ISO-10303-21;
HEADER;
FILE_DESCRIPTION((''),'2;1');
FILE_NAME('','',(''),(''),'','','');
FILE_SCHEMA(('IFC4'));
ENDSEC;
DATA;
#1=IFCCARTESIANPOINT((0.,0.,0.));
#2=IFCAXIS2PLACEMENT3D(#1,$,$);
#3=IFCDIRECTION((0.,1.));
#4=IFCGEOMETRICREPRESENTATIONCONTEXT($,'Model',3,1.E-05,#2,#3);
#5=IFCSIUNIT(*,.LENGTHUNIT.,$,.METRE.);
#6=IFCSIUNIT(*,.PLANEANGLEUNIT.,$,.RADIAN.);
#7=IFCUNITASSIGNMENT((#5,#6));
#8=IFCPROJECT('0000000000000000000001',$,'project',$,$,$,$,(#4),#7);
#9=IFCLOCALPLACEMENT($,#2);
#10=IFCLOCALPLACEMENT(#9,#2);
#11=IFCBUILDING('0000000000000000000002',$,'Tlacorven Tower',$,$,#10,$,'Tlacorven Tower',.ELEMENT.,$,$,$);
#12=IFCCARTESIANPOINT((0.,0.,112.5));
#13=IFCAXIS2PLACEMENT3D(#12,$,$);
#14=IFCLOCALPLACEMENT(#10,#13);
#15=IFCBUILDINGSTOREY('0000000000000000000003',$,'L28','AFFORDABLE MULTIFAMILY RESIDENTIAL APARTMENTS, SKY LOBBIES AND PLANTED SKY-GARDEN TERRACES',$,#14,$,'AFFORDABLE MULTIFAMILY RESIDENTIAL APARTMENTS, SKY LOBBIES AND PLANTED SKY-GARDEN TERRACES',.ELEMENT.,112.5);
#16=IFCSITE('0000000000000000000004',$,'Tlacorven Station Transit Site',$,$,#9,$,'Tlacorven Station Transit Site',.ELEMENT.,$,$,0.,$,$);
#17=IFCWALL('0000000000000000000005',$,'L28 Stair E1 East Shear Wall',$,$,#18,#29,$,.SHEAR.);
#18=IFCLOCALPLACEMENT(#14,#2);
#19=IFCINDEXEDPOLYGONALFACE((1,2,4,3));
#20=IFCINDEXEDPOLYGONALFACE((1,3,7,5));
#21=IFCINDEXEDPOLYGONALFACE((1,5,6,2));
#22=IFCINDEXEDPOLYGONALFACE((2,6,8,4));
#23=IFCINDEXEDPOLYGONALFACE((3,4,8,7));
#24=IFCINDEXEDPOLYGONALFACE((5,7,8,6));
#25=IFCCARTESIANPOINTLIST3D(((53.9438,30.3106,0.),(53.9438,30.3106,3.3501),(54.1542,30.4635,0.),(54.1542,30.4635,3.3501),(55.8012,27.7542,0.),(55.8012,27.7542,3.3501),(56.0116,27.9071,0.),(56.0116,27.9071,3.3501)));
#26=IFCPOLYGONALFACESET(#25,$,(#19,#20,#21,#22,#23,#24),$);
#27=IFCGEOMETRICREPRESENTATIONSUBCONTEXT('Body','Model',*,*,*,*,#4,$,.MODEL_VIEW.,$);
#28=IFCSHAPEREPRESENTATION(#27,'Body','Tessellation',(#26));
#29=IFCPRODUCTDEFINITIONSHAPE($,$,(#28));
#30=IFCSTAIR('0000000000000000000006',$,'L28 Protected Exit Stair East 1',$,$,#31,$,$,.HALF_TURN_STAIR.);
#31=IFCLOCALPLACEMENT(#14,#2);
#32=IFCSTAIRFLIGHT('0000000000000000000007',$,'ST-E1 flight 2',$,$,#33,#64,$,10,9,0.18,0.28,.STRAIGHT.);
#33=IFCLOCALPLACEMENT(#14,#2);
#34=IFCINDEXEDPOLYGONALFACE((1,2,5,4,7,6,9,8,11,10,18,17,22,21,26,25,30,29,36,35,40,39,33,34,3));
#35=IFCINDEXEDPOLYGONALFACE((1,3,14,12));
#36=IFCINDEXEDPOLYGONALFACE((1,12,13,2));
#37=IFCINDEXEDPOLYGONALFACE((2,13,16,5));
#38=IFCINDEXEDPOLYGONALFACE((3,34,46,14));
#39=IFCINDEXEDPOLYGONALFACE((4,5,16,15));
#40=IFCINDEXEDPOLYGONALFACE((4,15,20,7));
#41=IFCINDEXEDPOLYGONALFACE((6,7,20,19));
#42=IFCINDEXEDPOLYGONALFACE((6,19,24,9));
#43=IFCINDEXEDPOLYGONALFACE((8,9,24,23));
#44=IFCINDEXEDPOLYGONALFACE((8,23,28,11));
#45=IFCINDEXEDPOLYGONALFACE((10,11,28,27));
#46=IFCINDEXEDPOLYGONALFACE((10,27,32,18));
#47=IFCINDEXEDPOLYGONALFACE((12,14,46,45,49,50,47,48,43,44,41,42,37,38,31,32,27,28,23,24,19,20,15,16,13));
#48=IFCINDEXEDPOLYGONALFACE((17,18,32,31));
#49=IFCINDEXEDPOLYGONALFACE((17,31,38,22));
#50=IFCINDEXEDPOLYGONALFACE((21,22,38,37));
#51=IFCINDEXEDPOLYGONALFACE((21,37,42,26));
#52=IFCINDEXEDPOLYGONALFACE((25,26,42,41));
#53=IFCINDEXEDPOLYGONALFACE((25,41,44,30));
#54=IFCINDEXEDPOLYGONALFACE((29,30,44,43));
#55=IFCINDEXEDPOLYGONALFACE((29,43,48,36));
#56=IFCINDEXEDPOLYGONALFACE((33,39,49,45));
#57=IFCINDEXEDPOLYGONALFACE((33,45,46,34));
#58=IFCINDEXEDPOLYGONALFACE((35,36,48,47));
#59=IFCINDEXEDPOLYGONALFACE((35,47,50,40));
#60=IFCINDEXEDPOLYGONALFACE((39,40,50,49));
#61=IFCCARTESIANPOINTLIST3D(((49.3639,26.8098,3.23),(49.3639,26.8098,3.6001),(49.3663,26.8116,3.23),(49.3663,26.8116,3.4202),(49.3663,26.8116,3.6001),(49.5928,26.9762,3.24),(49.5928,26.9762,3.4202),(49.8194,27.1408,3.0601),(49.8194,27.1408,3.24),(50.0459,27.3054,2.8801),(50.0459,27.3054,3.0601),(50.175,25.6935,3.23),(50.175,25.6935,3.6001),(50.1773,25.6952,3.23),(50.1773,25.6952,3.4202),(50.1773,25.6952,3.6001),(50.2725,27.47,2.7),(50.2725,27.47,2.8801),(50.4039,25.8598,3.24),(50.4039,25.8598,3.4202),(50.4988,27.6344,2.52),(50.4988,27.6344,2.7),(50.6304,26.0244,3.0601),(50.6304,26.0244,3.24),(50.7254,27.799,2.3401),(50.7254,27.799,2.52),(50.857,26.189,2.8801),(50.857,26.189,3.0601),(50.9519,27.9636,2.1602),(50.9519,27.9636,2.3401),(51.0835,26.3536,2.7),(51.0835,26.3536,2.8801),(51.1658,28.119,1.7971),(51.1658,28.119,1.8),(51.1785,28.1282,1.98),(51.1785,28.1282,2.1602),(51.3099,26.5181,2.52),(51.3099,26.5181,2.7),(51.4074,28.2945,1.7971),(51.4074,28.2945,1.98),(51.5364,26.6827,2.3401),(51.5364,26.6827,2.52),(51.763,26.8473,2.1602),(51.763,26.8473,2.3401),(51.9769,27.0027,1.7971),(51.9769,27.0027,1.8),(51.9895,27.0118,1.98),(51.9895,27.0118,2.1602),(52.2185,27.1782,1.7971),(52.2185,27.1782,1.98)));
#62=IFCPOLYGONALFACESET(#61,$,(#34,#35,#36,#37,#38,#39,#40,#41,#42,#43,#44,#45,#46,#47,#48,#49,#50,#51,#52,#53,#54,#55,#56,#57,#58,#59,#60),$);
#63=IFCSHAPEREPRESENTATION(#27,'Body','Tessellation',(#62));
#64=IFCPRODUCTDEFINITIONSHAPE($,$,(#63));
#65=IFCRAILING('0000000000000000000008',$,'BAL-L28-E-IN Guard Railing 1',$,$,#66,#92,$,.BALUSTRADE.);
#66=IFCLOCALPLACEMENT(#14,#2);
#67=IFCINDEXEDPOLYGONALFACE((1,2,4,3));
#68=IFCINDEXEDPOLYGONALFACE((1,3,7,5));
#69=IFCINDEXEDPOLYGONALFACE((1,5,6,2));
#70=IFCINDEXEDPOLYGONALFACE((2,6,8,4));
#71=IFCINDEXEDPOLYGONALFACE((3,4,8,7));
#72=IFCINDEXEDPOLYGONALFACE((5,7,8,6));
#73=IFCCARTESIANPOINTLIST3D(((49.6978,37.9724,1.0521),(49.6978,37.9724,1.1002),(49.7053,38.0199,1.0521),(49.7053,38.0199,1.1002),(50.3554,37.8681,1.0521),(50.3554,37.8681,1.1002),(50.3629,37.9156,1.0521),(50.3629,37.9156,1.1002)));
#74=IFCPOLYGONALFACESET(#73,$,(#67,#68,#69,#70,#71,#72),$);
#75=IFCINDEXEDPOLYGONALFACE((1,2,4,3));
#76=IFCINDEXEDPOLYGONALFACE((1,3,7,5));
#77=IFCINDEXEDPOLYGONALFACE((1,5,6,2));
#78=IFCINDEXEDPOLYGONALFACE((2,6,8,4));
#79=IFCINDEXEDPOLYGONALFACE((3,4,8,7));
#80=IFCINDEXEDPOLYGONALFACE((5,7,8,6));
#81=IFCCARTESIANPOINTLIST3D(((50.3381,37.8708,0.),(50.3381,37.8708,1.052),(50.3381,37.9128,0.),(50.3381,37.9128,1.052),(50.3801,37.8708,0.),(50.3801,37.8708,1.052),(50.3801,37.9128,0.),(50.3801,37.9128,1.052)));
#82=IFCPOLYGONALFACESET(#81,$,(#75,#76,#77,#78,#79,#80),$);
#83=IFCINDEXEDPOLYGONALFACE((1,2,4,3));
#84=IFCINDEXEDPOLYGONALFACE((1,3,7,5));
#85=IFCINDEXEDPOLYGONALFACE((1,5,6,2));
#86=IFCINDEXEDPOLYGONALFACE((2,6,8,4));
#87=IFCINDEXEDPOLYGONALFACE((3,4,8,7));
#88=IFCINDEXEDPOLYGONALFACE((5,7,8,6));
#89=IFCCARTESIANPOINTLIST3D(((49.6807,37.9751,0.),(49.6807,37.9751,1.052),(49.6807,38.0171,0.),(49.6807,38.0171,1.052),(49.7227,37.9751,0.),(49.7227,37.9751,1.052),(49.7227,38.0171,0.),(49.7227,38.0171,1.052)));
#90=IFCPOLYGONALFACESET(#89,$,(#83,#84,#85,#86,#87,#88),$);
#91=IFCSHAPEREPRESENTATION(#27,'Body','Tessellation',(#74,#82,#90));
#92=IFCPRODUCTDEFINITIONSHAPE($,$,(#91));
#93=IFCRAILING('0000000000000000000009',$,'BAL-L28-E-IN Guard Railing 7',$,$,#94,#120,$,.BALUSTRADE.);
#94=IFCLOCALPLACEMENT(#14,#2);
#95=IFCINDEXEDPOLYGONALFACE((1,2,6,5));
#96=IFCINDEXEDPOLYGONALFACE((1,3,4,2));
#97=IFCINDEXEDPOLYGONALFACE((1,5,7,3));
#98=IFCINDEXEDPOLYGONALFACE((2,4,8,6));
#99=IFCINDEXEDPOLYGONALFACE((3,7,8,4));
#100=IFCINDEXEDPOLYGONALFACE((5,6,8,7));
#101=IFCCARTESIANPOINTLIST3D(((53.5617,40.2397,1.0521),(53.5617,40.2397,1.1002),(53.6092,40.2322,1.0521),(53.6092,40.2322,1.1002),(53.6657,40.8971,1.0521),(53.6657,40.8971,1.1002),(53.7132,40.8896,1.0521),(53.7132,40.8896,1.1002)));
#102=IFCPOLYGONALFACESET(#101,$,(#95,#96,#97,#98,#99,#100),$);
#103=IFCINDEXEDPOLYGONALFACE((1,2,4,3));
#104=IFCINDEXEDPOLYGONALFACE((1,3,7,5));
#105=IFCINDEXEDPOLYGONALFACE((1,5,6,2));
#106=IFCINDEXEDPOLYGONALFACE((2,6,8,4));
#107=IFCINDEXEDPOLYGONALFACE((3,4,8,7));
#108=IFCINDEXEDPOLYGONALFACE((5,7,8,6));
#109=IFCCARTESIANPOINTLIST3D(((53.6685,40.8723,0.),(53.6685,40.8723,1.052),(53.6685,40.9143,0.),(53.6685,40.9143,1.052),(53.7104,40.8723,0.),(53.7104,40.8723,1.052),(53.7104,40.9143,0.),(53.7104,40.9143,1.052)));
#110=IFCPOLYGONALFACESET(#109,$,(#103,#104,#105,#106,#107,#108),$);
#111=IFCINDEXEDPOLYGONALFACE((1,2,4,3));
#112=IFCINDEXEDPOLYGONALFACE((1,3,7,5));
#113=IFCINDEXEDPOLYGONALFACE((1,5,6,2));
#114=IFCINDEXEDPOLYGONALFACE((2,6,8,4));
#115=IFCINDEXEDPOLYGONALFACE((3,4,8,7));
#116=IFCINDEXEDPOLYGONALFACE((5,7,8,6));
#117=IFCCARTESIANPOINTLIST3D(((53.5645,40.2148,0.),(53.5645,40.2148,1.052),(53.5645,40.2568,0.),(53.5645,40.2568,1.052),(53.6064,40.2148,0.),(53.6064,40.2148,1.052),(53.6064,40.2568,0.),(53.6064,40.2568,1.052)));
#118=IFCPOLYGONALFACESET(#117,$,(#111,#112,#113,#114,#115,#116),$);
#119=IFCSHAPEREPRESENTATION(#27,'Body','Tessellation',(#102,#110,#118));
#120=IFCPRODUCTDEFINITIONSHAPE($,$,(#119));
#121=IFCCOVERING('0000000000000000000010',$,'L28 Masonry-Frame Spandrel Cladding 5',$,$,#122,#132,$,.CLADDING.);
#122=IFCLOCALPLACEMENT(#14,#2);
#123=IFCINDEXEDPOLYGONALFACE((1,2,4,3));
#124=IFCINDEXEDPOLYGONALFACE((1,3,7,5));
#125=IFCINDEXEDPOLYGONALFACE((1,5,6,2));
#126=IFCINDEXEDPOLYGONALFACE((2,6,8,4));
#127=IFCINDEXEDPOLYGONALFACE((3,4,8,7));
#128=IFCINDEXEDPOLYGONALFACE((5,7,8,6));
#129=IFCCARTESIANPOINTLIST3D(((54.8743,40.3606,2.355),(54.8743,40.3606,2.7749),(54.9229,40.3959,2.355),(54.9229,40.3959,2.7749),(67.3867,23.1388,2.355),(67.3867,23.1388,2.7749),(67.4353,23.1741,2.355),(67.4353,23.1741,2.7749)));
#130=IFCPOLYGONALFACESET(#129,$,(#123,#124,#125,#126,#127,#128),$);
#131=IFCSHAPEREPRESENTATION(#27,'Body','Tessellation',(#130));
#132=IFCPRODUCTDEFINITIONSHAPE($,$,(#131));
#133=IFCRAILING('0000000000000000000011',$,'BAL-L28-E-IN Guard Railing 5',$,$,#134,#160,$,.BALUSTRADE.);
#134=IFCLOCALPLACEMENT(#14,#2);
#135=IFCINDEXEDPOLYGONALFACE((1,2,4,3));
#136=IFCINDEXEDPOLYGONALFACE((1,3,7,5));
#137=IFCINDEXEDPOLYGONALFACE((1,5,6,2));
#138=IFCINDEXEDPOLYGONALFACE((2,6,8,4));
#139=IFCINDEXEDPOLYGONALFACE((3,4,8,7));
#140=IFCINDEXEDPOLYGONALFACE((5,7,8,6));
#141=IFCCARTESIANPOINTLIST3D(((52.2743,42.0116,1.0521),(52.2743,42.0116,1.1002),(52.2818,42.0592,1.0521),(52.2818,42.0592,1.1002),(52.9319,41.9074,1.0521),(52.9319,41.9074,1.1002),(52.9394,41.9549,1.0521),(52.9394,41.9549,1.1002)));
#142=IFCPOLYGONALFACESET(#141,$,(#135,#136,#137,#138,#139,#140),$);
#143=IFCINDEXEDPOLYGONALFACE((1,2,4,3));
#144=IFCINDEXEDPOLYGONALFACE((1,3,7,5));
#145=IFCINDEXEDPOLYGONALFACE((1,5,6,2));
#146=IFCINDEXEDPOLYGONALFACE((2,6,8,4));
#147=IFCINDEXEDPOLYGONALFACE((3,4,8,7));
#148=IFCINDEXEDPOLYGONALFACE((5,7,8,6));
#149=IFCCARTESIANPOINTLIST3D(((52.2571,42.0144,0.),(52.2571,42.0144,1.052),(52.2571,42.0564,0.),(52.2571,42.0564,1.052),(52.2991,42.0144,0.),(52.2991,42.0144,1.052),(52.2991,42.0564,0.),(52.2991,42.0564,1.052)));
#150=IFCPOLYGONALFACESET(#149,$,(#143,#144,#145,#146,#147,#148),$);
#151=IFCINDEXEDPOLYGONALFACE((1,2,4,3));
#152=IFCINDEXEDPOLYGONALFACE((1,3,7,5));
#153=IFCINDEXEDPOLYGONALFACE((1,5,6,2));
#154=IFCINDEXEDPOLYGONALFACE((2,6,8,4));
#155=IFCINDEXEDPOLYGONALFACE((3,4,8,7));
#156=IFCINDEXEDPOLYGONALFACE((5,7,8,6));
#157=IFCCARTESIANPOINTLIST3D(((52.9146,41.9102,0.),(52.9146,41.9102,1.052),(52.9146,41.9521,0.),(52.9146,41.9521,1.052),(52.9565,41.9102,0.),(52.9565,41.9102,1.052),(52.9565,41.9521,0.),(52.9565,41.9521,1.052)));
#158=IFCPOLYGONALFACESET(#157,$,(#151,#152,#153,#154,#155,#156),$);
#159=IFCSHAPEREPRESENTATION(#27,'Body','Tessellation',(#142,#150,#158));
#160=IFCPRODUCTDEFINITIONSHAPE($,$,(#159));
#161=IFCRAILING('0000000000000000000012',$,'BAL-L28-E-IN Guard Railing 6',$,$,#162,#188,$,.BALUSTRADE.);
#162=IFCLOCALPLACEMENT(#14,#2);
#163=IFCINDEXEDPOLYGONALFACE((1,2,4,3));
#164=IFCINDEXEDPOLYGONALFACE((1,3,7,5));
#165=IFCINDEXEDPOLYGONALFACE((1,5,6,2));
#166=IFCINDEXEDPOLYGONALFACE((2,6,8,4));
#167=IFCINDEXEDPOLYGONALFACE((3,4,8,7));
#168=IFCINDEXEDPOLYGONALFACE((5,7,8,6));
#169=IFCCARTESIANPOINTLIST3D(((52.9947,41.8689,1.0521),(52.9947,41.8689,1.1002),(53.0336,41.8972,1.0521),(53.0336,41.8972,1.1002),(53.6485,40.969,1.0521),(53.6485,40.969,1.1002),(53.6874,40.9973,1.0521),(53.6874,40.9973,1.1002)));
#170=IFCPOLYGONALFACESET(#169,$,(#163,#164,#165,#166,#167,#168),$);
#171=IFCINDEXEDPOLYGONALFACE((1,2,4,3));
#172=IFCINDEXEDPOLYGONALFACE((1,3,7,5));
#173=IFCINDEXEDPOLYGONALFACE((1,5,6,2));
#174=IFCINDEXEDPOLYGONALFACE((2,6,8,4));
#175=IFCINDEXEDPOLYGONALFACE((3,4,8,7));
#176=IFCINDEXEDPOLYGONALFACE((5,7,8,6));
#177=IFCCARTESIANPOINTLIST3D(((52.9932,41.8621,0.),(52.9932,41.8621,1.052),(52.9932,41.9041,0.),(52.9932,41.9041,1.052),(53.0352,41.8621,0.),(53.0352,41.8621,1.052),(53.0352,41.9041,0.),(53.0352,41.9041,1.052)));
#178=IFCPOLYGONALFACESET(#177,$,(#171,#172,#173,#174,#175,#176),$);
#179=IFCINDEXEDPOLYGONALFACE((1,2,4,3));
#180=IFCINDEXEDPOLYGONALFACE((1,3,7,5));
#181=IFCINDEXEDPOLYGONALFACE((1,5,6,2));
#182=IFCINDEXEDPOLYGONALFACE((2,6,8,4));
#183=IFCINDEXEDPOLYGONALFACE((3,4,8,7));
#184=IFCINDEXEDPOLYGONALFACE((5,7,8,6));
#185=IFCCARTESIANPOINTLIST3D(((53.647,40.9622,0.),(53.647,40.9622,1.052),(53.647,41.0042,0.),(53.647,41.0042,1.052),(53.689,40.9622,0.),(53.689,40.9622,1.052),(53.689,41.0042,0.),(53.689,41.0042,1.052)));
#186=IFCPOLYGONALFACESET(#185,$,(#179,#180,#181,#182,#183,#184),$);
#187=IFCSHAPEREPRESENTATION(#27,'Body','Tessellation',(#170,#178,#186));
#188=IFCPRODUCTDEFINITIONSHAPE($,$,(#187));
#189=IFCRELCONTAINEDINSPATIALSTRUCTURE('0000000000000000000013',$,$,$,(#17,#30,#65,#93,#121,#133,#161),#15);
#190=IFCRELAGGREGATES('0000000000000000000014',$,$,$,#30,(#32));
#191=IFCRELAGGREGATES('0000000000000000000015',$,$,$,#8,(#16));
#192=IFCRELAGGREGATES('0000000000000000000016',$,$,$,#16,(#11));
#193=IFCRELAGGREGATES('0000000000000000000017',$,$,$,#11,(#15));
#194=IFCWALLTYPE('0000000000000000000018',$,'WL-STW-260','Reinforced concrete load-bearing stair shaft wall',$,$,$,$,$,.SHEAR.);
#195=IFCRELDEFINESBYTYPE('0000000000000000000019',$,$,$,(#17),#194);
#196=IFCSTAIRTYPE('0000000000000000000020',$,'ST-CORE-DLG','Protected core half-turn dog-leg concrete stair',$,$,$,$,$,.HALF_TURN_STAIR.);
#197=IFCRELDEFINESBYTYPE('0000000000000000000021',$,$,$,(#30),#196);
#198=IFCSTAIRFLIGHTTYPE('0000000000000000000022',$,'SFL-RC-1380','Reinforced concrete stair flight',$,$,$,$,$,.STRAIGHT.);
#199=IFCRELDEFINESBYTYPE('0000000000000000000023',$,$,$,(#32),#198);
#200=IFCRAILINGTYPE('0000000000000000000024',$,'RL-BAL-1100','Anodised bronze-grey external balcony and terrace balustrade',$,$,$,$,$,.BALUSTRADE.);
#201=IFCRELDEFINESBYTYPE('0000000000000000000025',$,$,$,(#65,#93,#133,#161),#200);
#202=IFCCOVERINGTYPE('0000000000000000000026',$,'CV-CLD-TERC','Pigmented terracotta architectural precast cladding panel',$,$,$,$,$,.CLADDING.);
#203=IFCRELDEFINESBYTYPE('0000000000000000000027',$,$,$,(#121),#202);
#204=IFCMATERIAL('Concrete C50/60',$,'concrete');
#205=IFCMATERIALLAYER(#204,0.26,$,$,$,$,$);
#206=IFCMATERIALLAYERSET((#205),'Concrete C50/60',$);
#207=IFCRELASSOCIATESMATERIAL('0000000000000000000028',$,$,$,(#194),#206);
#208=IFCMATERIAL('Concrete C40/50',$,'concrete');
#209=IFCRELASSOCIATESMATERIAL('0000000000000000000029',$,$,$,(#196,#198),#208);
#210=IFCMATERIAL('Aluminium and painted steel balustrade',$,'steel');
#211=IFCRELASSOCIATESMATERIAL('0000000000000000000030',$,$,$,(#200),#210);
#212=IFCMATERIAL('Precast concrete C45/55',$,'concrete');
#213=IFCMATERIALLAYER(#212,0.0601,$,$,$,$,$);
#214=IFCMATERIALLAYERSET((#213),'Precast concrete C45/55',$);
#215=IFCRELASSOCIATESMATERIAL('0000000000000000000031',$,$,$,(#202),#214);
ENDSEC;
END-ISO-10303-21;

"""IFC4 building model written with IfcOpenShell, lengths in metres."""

from ifc_helpers import new_model, si_unit, direction, frame, frame_2d, origin, origin_2d, place, context, subcontext, project, spatial, polyline, rectangle, outline, extrude, source, transform, mapped, material, layer, layer_set, type_object, element, aggregate, save


model = new_model("IFC4")

# Units and contexts
model_context = context("Model", 3, precision=1e-05, world=origin(), true_north=direction((0.0, 1.0)))
body_context = subcontext(model_context, "Body", "Model", "MODEL_VIEW")
ifc_project = project(units=[si_unit("LENGTHUNIT", "METRE"), si_unit("PLANEANGLEUNIT", "RADIAN")], contexts=[model_context])

# Site, building, storey
site_placement = place(None, origin())
site = spatial("IfcSite", under=ifc_project, at=site_placement, Name="Tlacorven Station Transit Site", LongName="Tlacorven Station Transit Site", CompositionType="ELEMENT", RefElevation=0.0)
building_placement = place(site_placement, origin())
building = spatial("IfcBuilding", under=site, at=building_placement, Name="Tlacorven Tower", LongName="Tlacorven Tower", CompositionType="ELEMENT")
storey_placement = place(building_placement, frame((0.0, 0.0, 112.5)))
storey = spatial("IfcBuildingStorey", under=building, at=storey_placement, Name="L28", Description="AFFORDABLE MULTIFAMILY RESIDENTIAL APARTMENTS, SKY LOBBIES AND PLANTED SKY-GARDEN TERRACES", LongName="AFFORDABLE MULTIFAMILY RESIDENTIAL APARTMENTS, SKY LOBBIES AND PLANTED SKY-GARDEN TERRACES", CompositionType="ELEMENT", Elevation=112.5)

# Shared definitions
ifc_material_1 = material(Name="Precast concrete C45/55", Category="concrete")

# Wall
ifc_material_2 = material(Name="Concrete C50/60", Category="concrete")
ifc_layer_1 = layer(ifc_material_2, 0.26)
ifc_layer_set_1 = layer_set([ifc_layer_1], Name="Concrete C50/60")
wall_type_1 = type_object("IfcWallType", Name="WL-STW-260", Description="Reinforced concrete load-bearing stair shaft wall", PredefinedType="SHEAR", material=ifc_layer_set_1)
wall_1_placement = place(storey_placement, frame((55.9065, 27.8306, 0.0), z_axis=(0.0, 0.0, 1.0), x_axis=(-0.587804, 0.809003, 0.0)))
element("IfcWall", 1, at=wall_1_placement, inside=storey, type_object=wall_type_1, Name="L28 Stair E1 East Shear Wall", PredefinedType="SHEAR", context=body_context, shape_type="SweptSolid", body=[
    extrude(rectangle(XDim=3.1599, YDim=0.26, at=frame_2d((1.5801, 0.0))), origin(), (0.0, 0.0, 1.0), 3.3501),
])

# Stair, stair flight
ifc_material_3 = material(Name="Concrete C40/50", Category="concrete")
stair_type = type_object("IfcStairType", Name="ST-CORE-DLG", Description="Protected core half-turn dog-leg concrete stair", PredefinedType="HALF_TURN_STAIR", material=ifc_material_3)
stair_placement = place(storey_placement, origin())
stair = element("IfcStair", 2, at=stair_placement, inside=storey, type_object=stair_type, Name="L28 Protected Exit Stair East 1", PredefinedType="HALF_TURN_STAIR")
stair_flight_type = type_object("IfcStairFlightType", Name="SFL-RC-1380", Description="Reinforced concrete stair flight", PredefinedType="STRAIGHT", material=ifc_material_3)
shared_shape_1 = source(origin(), body_context, "Body", "SweptSolid", [
    extrude(outline(polyline([(-0.0029, -0.0029), (-0.0029, 0.1799), (0.28, 0.1799), (0.28, 0.3601), (0.5601, 0.3601), (0.5601, 0.54), (0.8401, 0.54), (0.8401, 0.72), (1.1201, 0.72), (1.1201, 0.8999), (1.3999, 0.8999), (1.3999, 1.0801), (1.6799, 1.0801), (1.6799, 1.26), (1.96, 1.26), (1.96, 1.4399), (2.24, 1.4399), (2.24, 1.6201), (2.52, 1.6201), (2.52, 1.8), (2.5229, 1.8), (2.5229, 1.4299), (2.52, 1.4299), (0.2957, 0.0), (0.2957, -0.0029), (-0.0029, -0.0029)])), frame((0.0, 0.6899, 0.0), z_axis=(0.0, -1.0, 0.0), x_axis=(1.0, 0.0, 0.0)), (0.0, 0.0, 1.0), 1.3799),
])
stair_flight_placement = place(storey_placement, frame((51.8105, 27.7346, 1.8), z_axis=(0.0, 0.0, 1.0), x_axis=(-0.809017, -0.587785, 0.0)))
stair_flight = element("IfcStairFlight", 3, at=stair_flight_placement, type_object=stair_flight_type, Name="ST-E1 flight 2", NumberOfRisers=10, NumberOfTreads=9, PredefinedType="STRAIGHT", RiserHeight=0.18, TreadLength=0.28, context=body_context, shape_type="MappedRepresentation", body=[
    mapped(shared_shape_1, transform((0.0, 0.0, 0.0), scale=1.0)),
])
aggregate(stair, [stair_flight])

# Railings
ifc_material_4 = material(Name="Aluminium and painted steel balustrade", Category="steel")
railing_type_1 = type_object("IfcRailingType", Name="RL-BAL-1100", Description="Anodised bronze-grey external balcony and terrace balustrade", PredefinedType="BALUSTRADE", material=ifc_material_4)
shared_shape_2 = source(origin(), body_context, "Body", "SweptSolid", [
    extrude(rectangle(XDim=0.0481, YDim=0.0481, at=origin_2d()), frame((0.0, 0.0, 1.0762), z_axis=(-0.987662, 0.156603, 0.0), x_axis=(-0.156603, -0.987662, 0.0)), (0.0, 0.0, 1.0), 0.6658),
    extrude(rectangle(XDim=0.042, YDim=0.042, at=origin_2d()), origin(), (0.0, 0.0, 1.0), 1.052),
    extrude(rectangle(XDim=0.042, YDim=0.042, at=origin_2d()), frame((-0.6575, 0.1042, 0.0)), (0.0, 0.0, 1.0), 1.052),
])
railing_1_placement = place(storey_placement, frame((50.3591, 37.8918, 0.0)))
element("IfcRailing", 4, at=railing_1_placement, inside=storey, type_object=railing_type_1, Name="BAL-L28-E-IN Guard Railing 1", PredefinedType="BALUSTRADE", context=body_context, shape_type="MappedRepresentation", body=[
    mapped(shared_shape_2, transform((0.0, 0.0, 0.0), scale=1.0)),
])
shared_shape_3 = source(origin(), body_context, "Body", "SweptSolid", [
    extrude(rectangle(XDim=0.0481, YDim=0.0481, at=origin_2d()), frame((0.0, 0.0, 1.0762), z_axis=(-0.156245, -0.987718, 0.0), x_axis=(0.987718, -0.156245, 0.0)), (0.0, 0.0, 1.0), 0.6655),
    extrude(rectangle(XDim=0.042, YDim=0.042, at=origin_2d()), origin(), (0.0, 0.0, 1.0), 1.052),
    extrude(rectangle(XDim=0.042, YDim=0.042, at=origin_2d()), frame((-0.104, -0.6575, 0.0)), (0.0, 0.0, 1.0), 1.052),
])
railing_2_placement = place(storey_placement, frame((53.6895, 40.8933, 0.0)))
element("IfcRailing", 5, at=railing_2_placement, inside=storey, type_object=railing_type_1, Name="BAL-L28-E-IN Guard Railing 7", PredefinedType="BALUSTRADE", context=body_context, shape_type="MappedRepresentation", body=[
    mapped(shared_shape_3, transform((0.0, 0.0, 0.0), scale=1.0)),
])

# Covering
ifc_layer_2 = layer(ifc_material_1, 0.0601)
ifc_layer_set_2 = layer_set([ifc_layer_2], Name="Precast concrete C45/55")
covering_type = type_object("IfcCoveringType", Name="CV-CLD-TERC", Description="Pigmented terracotta architectural precast cladding panel", PredefinedType="CLADDING", material=ifc_layer_set_2)
shared_shape_4 = source(origin(), body_context, "Body", "SweptSolid", [
    extrude(rectangle(XDim=21.2874, YDim=0.0601, at=origin_2d()), origin(), (0.0, 0.0, 1.0), 0.4199),
])
covering_placement = place(storey_placement, frame((61.1548, 31.7673, 2.355), z_axis=(0.0, 0.0, 1.0), x_axis=(0.587785, -0.809017, 0.0)))
element("IfcCovering", 6, at=covering_placement, inside=storey, type_object=covering_type, Name="L28 Masonry-Frame Spandrel Cladding 5", PredefinedType="CLADDING", context=body_context, shape_type="MappedRepresentation", body=[
    mapped(shared_shape_4, transform((0.0, 0.0, 0.0), scale=1.0)),
])

# Railings
shared_shape_5 = source(origin(), body_context, "Body", "SweptSolid", [
    extrude(rectangle(XDim=0.0481, YDim=0.0481, at=origin_2d()), frame((0.0, 0.0, 1.0762), z_axis=(0.987662, -0.156603, 0.0), x_axis=(0.156603, 0.987662, 0.0)), (0.0, 0.0, 1.0), 0.6658),
    extrude(rectangle(XDim=0.042, YDim=0.042, at=origin_2d()), origin(), (0.0, 0.0, 1.0), 1.052),
    extrude(rectangle(XDim=0.042, YDim=0.042, at=origin_2d()), frame((0.6575, -0.1042, 0.0)), (0.0, 0.0, 1.0), 1.052),
])
railing_3_placement = place(storey_placement, frame((52.2781, 42.0354, 0.0)))
element("IfcRailing", 7, at=railing_3_placement, inside=storey, type_object=railing_type_1, Name="BAL-L28-E-IN Guard Railing 5", PredefinedType="BALUSTRADE", context=body_context, shape_type="MappedRepresentation", body=[
    mapped(shared_shape_5, transform((0.0, 0.0, 0.0), scale=1.0)),
])
shared_shape_6 = source(origin(), body_context, "Body", "SweptSolid", [
    extrude(rectangle(XDim=0.0481, YDim=0.0481, at=origin_2d()), frame((0.0, 0.0, 1.0762), z_axis=(0.58778, -0.809021, 0.0), x_axis=(0.809021, 0.58778, 0.0)), (0.0, 0.0, 1.0), 1.1123),
    extrude(rectangle(XDim=0.042, YDim=0.042, at=origin_2d()), origin(), (0.0, 0.0, 1.0), 1.052),
    extrude(rectangle(XDim=0.042, YDim=0.042, at=origin_2d()), frame((0.6538, -0.8999, 0.0)), (0.0, 0.0, 1.0), 1.052),
])
railing_4_placement = place(storey_placement, frame((53.0142, 41.8831, 0.0)))
element("IfcRailing", 8, at=railing_4_placement, inside=storey, type_object=railing_type_1, Name="BAL-L28-E-IN Guard Railing 6", PredefinedType="BALUSTRADE", context=body_context, shape_type="MappedRepresentation", body=[
    mapped(shared_shape_6, transform((0.0, 0.0, 0.0), scale=1.0)),
])

save(model, "model.ifc")
